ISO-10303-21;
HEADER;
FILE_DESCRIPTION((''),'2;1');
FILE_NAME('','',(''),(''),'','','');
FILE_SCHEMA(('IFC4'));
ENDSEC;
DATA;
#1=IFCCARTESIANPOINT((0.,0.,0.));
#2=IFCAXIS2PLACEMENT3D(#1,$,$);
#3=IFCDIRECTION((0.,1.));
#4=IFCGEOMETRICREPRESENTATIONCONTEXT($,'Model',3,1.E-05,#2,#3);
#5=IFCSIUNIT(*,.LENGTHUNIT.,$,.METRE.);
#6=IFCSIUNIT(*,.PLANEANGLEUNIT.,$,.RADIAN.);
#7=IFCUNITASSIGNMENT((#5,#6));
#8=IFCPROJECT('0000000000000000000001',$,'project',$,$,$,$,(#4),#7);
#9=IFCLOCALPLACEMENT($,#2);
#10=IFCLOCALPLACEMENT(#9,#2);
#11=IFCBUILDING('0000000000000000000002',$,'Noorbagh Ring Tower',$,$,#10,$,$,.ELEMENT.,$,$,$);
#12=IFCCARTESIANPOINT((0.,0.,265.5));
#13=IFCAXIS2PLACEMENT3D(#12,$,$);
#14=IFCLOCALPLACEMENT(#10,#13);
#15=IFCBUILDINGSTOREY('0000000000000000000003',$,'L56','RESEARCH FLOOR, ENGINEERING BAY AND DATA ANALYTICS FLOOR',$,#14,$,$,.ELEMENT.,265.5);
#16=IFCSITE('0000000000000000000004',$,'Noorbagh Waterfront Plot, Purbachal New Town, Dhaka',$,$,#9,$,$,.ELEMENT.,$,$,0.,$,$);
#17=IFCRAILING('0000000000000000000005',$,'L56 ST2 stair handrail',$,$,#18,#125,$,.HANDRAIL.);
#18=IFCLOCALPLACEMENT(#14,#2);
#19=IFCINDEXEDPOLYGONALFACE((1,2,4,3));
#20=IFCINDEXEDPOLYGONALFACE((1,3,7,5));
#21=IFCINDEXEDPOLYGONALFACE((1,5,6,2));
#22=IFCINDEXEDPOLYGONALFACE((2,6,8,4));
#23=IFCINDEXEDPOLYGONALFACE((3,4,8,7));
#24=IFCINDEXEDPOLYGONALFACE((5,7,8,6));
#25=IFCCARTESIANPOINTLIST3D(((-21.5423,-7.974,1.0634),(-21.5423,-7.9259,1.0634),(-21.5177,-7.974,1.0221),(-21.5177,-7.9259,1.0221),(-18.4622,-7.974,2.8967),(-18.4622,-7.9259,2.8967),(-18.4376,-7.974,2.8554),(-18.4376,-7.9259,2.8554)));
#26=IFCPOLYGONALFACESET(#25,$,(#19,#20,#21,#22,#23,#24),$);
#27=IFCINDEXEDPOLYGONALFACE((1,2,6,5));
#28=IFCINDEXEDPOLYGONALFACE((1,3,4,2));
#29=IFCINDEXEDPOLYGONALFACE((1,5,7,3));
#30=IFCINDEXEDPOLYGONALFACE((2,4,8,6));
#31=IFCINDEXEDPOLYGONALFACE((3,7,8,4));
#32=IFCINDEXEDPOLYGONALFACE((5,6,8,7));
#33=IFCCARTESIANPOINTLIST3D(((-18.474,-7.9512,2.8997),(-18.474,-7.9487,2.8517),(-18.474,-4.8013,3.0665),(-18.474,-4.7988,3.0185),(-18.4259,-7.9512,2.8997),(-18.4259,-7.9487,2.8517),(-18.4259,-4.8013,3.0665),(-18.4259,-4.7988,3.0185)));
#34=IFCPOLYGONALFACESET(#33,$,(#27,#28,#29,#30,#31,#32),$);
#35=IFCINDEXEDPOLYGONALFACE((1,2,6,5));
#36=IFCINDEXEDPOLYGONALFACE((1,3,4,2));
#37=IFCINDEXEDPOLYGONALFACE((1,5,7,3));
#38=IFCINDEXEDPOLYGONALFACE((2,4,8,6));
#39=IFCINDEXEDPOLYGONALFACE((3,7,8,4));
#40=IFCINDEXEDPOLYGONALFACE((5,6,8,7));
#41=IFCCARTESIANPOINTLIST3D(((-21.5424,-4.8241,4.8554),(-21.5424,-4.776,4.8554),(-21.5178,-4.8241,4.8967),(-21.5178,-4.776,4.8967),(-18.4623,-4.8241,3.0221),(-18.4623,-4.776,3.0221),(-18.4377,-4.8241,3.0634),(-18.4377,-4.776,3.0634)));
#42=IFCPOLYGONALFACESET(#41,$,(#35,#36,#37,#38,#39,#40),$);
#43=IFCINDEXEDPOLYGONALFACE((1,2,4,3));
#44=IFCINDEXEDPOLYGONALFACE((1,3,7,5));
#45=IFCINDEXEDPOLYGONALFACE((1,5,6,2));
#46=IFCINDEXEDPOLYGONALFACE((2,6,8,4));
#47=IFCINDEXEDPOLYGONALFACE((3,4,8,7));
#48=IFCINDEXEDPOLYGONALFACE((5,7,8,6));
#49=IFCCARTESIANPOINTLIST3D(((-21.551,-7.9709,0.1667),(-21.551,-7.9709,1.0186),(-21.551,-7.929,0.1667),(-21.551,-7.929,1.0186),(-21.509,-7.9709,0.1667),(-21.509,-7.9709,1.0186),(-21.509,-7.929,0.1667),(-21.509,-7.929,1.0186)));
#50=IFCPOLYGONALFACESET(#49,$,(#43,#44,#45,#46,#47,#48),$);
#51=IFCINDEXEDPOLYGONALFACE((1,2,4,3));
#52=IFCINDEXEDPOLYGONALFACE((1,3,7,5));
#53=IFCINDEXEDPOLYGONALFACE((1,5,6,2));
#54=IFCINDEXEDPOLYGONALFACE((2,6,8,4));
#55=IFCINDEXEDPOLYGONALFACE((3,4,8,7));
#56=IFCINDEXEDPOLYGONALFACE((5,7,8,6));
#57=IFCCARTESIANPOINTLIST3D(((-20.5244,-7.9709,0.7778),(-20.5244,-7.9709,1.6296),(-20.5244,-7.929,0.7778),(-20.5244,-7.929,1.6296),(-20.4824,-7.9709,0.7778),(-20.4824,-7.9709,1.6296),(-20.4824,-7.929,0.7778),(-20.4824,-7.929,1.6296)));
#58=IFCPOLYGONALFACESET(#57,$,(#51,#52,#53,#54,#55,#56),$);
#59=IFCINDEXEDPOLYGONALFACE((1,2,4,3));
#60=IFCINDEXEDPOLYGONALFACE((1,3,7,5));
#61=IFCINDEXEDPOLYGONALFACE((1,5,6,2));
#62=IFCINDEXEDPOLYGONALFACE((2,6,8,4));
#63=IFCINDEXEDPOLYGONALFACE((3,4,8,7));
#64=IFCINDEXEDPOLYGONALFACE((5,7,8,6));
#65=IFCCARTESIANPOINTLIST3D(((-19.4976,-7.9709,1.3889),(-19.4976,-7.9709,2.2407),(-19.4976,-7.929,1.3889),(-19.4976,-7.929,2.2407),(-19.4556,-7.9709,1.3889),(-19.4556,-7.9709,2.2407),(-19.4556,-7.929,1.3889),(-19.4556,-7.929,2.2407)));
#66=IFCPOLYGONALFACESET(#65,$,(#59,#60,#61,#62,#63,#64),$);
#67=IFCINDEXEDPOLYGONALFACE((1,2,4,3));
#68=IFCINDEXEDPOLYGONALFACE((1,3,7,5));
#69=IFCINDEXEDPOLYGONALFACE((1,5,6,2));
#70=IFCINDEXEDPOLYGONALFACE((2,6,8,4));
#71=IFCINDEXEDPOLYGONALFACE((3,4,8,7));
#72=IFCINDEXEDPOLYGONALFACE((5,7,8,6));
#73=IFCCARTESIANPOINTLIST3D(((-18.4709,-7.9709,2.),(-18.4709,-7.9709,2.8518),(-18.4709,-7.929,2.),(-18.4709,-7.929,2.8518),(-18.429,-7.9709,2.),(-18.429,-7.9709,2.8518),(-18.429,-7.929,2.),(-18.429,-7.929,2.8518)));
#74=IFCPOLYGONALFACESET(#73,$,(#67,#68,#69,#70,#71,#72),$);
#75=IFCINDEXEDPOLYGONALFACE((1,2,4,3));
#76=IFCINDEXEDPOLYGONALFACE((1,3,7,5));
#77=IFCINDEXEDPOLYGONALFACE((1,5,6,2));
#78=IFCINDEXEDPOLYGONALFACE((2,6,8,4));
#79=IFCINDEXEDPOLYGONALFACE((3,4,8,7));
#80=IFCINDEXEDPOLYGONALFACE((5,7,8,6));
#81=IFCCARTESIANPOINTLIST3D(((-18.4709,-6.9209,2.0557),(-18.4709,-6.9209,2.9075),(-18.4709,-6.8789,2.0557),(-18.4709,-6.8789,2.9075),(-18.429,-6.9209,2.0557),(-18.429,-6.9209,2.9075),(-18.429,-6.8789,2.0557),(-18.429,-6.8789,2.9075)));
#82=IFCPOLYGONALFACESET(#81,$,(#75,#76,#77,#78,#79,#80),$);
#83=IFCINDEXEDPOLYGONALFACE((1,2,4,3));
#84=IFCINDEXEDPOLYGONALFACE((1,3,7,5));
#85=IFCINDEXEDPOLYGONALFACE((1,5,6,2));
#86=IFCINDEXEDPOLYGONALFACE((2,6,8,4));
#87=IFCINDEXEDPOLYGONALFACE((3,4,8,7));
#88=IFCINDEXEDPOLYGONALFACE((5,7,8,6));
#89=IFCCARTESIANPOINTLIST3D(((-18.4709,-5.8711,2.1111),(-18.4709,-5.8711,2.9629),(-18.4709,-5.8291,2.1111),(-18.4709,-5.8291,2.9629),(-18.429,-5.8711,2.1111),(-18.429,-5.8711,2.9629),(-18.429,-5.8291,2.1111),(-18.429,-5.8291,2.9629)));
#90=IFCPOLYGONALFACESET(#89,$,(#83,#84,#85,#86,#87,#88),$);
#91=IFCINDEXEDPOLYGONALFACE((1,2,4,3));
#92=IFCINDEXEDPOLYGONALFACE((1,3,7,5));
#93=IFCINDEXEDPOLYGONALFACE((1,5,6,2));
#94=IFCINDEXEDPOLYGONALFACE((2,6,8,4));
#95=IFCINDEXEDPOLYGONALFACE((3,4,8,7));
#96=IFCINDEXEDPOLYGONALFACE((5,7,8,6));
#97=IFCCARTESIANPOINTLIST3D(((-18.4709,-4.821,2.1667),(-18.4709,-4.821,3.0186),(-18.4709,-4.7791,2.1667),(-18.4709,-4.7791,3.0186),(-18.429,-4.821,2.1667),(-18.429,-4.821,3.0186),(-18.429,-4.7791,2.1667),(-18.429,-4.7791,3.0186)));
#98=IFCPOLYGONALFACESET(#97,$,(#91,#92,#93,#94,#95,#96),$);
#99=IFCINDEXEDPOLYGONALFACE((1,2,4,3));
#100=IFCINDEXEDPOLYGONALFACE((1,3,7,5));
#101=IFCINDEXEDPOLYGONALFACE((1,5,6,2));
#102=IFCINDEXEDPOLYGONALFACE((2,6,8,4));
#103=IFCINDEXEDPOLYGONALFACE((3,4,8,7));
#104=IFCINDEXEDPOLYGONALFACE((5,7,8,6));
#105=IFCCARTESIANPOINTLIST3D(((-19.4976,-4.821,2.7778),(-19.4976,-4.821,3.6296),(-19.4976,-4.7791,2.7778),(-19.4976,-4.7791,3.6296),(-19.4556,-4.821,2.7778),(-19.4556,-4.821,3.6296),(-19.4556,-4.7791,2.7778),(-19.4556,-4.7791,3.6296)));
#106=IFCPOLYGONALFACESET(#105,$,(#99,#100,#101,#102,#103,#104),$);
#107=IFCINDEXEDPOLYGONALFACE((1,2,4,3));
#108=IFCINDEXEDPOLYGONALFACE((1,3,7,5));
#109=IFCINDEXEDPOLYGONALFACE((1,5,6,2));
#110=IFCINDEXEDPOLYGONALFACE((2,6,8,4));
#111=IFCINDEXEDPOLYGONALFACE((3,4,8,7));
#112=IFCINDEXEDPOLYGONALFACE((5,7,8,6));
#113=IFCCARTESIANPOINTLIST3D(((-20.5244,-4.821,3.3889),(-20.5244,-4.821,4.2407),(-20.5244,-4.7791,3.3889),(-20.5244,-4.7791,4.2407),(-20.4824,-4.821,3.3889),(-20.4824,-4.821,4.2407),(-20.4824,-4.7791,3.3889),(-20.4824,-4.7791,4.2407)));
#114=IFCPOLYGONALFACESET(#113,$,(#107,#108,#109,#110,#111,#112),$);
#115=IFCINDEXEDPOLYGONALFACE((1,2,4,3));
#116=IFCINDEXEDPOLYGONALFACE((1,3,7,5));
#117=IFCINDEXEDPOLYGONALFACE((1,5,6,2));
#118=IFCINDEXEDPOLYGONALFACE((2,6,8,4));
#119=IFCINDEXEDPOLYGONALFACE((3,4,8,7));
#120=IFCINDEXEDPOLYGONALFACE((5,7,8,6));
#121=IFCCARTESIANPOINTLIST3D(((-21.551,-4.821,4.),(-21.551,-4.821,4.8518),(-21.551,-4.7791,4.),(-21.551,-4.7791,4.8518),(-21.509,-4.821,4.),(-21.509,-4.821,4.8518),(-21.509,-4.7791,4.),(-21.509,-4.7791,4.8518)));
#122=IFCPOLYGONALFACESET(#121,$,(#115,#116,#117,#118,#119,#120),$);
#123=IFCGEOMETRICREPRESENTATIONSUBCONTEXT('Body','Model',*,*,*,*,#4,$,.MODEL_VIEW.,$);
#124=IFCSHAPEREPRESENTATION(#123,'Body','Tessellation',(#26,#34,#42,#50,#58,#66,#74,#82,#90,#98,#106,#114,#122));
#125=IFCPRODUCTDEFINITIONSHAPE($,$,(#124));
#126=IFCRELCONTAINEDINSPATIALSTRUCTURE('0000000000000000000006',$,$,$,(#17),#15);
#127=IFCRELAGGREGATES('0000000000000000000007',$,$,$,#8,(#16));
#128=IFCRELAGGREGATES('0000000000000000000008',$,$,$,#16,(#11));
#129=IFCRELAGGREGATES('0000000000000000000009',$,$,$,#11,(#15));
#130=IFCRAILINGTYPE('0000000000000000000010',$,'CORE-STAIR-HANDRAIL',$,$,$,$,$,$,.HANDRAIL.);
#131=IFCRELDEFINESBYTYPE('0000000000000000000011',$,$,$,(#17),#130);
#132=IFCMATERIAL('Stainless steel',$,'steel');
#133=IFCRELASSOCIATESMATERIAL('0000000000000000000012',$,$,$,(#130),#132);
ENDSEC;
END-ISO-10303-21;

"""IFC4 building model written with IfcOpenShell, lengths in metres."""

from ifc_helpers import new_model, si_unit, direction, frame, origin, origin_2d, place, context, subcontext, project, spatial, rectangle, extrude, material, type_object, element, save


model = new_model("IFC4")

# Units and contexts
model_context = context("Model", 3, precision=1e-05, world=origin(), true_north=direction((0.0, 1.0)))
body_context = subcontext(model_context, "Body", "Model", "MODEL_VIEW")
ifc_project = project(units=[si_unit("LENGTHUNIT", "METRE"), si_unit("PLANEANGLEUNIT", "RADIAN")], contexts=[model_context])

# Site, building, storey
site_placement = place(None, origin())
site = spatial("IfcSite", under=ifc_project, at=site_placement, Name="Noorbagh Waterfront Plot, Purbachal New Town, Dhaka", CompositionType="ELEMENT", RefElevation=0.0)
building_placement = place(site_placement, origin())
building = spatial("IfcBuilding", under=site, at=building_placement, Name="Noorbagh Ring Tower", CompositionType="ELEMENT")
storey_placement = place(building_placement, frame((0.0, 0.0, 265.5)))
storey = spatial("IfcBuildingStorey", under=building, at=storey_placement, Name="L56", Description="RESEARCH FLOOR, ENGINEERING BAY AND DATA ANALYTICS FLOOR", CompositionType="ELEMENT", Elevation=265.5)

# Railing
ifc_material_1 = material(Name="Stainless steel", Category="steel")
railing_type_1 = type_object("IfcRailingType", Name="CORE-STAIR-HANDRAIL", PredefinedType="HANDRAIL", material=ifc_material_1)
railing_1_placement = place(storey_placement, frame((-21.53, -7.95, 0.1667)))
element("IfcRailing", 1, at=railing_1_placement, inside=storey, type_object=railing_type_1, Name="L56 ST2 stair handrail", PredefinedType="HANDRAIL", context=body_context, shape_type="SweptSolid", body=[
    extrude(rectangle(XDim=0.0481, YDim=0.0481, at=origin_2d()), frame((0.0, 0.0, 0.876), z_axis=(0.859309, 0.0, 0.511458), x_axis=(0.0, 1.0, 0.0)), (0.0, 0.0, 1.0), 3.5845),
    extrude(rectangle(XDim=0.0481, YDim=0.0481, at=origin_2d()), frame((3.0801, 0.0, 2.709), z_axis=(0.0, 0.998602, 0.052864), x_axis=(-1.0, 0.0, 0.0)), (0.0, 0.0, 1.0), 3.1543),
    extrude(rectangle(XDim=0.0481, YDim=0.0481, at=origin_2d()), frame((3.0801, 3.1499, 2.876), z_axis=(-0.859309, 0.0, 0.511458), x_axis=(0.0, -1.0, 0.0)), (0.0, 0.0, 1.0), 3.5845),
    extrude(rectangle(XDim=0.042, YDim=0.042, at=origin_2d()), origin(), (0.0, 0.0, 1.0), 0.8518),
    extrude(rectangle(XDim=0.042, YDim=0.042, at=origin_2d()), frame((1.0266, 0.0, 0.6111)), (0.0, 0.0, 1.0), 0.8518),
    extrude(rectangle(XDim=0.042, YDim=0.042, at=origin_2d()), frame((2.0535, 0.0, 1.2222)), (0.0, 0.0, 1.0), 0.8518),
    extrude(rectangle(XDim=0.042, YDim=0.042, at=origin_2d()), frame((3.0801, 0.0, 1.8333)), (0.0, 0.0, 1.0), 0.8518),
    extrude(rectangle(XDim=0.042, YDim=0.042, at=origin_2d()), frame((3.0801, 1.05, 1.8889)), (0.0, 0.0, 1.0), 0.8518),
    extrude(rectangle(XDim=0.042, YDim=0.042, at=origin_2d()), frame((3.0801, 2.0999, 1.9443)), (0.0, 0.0, 1.0), 0.8518),
    extrude(rectangle(XDim=0.042, YDim=0.042, at=origin_2d()), frame((3.0801, 3.1499, 2.0)), (0.0, 0.0, 1.0), 0.8518),
    extrude(rectangle(XDim=0.042, YDim=0.042, at=origin_2d()), frame((2.0535, 3.1499, 2.6111)), (0.0, 0.0, 1.0), 0.8518),
    extrude(rectangle(XDim=0.042, YDim=0.042, at=origin_2d()), frame((1.0266, 3.1499, 3.2222)), (0.0, 0.0, 1.0), 0.8518),
    extrude(rectangle(XDim=0.042, YDim=0.042, at=origin_2d()), frame((0.0, 3.1499, 3.8333)), (0.0, 0.0, 1.0), 0.8518),
])

save(model, "model.ifc")
